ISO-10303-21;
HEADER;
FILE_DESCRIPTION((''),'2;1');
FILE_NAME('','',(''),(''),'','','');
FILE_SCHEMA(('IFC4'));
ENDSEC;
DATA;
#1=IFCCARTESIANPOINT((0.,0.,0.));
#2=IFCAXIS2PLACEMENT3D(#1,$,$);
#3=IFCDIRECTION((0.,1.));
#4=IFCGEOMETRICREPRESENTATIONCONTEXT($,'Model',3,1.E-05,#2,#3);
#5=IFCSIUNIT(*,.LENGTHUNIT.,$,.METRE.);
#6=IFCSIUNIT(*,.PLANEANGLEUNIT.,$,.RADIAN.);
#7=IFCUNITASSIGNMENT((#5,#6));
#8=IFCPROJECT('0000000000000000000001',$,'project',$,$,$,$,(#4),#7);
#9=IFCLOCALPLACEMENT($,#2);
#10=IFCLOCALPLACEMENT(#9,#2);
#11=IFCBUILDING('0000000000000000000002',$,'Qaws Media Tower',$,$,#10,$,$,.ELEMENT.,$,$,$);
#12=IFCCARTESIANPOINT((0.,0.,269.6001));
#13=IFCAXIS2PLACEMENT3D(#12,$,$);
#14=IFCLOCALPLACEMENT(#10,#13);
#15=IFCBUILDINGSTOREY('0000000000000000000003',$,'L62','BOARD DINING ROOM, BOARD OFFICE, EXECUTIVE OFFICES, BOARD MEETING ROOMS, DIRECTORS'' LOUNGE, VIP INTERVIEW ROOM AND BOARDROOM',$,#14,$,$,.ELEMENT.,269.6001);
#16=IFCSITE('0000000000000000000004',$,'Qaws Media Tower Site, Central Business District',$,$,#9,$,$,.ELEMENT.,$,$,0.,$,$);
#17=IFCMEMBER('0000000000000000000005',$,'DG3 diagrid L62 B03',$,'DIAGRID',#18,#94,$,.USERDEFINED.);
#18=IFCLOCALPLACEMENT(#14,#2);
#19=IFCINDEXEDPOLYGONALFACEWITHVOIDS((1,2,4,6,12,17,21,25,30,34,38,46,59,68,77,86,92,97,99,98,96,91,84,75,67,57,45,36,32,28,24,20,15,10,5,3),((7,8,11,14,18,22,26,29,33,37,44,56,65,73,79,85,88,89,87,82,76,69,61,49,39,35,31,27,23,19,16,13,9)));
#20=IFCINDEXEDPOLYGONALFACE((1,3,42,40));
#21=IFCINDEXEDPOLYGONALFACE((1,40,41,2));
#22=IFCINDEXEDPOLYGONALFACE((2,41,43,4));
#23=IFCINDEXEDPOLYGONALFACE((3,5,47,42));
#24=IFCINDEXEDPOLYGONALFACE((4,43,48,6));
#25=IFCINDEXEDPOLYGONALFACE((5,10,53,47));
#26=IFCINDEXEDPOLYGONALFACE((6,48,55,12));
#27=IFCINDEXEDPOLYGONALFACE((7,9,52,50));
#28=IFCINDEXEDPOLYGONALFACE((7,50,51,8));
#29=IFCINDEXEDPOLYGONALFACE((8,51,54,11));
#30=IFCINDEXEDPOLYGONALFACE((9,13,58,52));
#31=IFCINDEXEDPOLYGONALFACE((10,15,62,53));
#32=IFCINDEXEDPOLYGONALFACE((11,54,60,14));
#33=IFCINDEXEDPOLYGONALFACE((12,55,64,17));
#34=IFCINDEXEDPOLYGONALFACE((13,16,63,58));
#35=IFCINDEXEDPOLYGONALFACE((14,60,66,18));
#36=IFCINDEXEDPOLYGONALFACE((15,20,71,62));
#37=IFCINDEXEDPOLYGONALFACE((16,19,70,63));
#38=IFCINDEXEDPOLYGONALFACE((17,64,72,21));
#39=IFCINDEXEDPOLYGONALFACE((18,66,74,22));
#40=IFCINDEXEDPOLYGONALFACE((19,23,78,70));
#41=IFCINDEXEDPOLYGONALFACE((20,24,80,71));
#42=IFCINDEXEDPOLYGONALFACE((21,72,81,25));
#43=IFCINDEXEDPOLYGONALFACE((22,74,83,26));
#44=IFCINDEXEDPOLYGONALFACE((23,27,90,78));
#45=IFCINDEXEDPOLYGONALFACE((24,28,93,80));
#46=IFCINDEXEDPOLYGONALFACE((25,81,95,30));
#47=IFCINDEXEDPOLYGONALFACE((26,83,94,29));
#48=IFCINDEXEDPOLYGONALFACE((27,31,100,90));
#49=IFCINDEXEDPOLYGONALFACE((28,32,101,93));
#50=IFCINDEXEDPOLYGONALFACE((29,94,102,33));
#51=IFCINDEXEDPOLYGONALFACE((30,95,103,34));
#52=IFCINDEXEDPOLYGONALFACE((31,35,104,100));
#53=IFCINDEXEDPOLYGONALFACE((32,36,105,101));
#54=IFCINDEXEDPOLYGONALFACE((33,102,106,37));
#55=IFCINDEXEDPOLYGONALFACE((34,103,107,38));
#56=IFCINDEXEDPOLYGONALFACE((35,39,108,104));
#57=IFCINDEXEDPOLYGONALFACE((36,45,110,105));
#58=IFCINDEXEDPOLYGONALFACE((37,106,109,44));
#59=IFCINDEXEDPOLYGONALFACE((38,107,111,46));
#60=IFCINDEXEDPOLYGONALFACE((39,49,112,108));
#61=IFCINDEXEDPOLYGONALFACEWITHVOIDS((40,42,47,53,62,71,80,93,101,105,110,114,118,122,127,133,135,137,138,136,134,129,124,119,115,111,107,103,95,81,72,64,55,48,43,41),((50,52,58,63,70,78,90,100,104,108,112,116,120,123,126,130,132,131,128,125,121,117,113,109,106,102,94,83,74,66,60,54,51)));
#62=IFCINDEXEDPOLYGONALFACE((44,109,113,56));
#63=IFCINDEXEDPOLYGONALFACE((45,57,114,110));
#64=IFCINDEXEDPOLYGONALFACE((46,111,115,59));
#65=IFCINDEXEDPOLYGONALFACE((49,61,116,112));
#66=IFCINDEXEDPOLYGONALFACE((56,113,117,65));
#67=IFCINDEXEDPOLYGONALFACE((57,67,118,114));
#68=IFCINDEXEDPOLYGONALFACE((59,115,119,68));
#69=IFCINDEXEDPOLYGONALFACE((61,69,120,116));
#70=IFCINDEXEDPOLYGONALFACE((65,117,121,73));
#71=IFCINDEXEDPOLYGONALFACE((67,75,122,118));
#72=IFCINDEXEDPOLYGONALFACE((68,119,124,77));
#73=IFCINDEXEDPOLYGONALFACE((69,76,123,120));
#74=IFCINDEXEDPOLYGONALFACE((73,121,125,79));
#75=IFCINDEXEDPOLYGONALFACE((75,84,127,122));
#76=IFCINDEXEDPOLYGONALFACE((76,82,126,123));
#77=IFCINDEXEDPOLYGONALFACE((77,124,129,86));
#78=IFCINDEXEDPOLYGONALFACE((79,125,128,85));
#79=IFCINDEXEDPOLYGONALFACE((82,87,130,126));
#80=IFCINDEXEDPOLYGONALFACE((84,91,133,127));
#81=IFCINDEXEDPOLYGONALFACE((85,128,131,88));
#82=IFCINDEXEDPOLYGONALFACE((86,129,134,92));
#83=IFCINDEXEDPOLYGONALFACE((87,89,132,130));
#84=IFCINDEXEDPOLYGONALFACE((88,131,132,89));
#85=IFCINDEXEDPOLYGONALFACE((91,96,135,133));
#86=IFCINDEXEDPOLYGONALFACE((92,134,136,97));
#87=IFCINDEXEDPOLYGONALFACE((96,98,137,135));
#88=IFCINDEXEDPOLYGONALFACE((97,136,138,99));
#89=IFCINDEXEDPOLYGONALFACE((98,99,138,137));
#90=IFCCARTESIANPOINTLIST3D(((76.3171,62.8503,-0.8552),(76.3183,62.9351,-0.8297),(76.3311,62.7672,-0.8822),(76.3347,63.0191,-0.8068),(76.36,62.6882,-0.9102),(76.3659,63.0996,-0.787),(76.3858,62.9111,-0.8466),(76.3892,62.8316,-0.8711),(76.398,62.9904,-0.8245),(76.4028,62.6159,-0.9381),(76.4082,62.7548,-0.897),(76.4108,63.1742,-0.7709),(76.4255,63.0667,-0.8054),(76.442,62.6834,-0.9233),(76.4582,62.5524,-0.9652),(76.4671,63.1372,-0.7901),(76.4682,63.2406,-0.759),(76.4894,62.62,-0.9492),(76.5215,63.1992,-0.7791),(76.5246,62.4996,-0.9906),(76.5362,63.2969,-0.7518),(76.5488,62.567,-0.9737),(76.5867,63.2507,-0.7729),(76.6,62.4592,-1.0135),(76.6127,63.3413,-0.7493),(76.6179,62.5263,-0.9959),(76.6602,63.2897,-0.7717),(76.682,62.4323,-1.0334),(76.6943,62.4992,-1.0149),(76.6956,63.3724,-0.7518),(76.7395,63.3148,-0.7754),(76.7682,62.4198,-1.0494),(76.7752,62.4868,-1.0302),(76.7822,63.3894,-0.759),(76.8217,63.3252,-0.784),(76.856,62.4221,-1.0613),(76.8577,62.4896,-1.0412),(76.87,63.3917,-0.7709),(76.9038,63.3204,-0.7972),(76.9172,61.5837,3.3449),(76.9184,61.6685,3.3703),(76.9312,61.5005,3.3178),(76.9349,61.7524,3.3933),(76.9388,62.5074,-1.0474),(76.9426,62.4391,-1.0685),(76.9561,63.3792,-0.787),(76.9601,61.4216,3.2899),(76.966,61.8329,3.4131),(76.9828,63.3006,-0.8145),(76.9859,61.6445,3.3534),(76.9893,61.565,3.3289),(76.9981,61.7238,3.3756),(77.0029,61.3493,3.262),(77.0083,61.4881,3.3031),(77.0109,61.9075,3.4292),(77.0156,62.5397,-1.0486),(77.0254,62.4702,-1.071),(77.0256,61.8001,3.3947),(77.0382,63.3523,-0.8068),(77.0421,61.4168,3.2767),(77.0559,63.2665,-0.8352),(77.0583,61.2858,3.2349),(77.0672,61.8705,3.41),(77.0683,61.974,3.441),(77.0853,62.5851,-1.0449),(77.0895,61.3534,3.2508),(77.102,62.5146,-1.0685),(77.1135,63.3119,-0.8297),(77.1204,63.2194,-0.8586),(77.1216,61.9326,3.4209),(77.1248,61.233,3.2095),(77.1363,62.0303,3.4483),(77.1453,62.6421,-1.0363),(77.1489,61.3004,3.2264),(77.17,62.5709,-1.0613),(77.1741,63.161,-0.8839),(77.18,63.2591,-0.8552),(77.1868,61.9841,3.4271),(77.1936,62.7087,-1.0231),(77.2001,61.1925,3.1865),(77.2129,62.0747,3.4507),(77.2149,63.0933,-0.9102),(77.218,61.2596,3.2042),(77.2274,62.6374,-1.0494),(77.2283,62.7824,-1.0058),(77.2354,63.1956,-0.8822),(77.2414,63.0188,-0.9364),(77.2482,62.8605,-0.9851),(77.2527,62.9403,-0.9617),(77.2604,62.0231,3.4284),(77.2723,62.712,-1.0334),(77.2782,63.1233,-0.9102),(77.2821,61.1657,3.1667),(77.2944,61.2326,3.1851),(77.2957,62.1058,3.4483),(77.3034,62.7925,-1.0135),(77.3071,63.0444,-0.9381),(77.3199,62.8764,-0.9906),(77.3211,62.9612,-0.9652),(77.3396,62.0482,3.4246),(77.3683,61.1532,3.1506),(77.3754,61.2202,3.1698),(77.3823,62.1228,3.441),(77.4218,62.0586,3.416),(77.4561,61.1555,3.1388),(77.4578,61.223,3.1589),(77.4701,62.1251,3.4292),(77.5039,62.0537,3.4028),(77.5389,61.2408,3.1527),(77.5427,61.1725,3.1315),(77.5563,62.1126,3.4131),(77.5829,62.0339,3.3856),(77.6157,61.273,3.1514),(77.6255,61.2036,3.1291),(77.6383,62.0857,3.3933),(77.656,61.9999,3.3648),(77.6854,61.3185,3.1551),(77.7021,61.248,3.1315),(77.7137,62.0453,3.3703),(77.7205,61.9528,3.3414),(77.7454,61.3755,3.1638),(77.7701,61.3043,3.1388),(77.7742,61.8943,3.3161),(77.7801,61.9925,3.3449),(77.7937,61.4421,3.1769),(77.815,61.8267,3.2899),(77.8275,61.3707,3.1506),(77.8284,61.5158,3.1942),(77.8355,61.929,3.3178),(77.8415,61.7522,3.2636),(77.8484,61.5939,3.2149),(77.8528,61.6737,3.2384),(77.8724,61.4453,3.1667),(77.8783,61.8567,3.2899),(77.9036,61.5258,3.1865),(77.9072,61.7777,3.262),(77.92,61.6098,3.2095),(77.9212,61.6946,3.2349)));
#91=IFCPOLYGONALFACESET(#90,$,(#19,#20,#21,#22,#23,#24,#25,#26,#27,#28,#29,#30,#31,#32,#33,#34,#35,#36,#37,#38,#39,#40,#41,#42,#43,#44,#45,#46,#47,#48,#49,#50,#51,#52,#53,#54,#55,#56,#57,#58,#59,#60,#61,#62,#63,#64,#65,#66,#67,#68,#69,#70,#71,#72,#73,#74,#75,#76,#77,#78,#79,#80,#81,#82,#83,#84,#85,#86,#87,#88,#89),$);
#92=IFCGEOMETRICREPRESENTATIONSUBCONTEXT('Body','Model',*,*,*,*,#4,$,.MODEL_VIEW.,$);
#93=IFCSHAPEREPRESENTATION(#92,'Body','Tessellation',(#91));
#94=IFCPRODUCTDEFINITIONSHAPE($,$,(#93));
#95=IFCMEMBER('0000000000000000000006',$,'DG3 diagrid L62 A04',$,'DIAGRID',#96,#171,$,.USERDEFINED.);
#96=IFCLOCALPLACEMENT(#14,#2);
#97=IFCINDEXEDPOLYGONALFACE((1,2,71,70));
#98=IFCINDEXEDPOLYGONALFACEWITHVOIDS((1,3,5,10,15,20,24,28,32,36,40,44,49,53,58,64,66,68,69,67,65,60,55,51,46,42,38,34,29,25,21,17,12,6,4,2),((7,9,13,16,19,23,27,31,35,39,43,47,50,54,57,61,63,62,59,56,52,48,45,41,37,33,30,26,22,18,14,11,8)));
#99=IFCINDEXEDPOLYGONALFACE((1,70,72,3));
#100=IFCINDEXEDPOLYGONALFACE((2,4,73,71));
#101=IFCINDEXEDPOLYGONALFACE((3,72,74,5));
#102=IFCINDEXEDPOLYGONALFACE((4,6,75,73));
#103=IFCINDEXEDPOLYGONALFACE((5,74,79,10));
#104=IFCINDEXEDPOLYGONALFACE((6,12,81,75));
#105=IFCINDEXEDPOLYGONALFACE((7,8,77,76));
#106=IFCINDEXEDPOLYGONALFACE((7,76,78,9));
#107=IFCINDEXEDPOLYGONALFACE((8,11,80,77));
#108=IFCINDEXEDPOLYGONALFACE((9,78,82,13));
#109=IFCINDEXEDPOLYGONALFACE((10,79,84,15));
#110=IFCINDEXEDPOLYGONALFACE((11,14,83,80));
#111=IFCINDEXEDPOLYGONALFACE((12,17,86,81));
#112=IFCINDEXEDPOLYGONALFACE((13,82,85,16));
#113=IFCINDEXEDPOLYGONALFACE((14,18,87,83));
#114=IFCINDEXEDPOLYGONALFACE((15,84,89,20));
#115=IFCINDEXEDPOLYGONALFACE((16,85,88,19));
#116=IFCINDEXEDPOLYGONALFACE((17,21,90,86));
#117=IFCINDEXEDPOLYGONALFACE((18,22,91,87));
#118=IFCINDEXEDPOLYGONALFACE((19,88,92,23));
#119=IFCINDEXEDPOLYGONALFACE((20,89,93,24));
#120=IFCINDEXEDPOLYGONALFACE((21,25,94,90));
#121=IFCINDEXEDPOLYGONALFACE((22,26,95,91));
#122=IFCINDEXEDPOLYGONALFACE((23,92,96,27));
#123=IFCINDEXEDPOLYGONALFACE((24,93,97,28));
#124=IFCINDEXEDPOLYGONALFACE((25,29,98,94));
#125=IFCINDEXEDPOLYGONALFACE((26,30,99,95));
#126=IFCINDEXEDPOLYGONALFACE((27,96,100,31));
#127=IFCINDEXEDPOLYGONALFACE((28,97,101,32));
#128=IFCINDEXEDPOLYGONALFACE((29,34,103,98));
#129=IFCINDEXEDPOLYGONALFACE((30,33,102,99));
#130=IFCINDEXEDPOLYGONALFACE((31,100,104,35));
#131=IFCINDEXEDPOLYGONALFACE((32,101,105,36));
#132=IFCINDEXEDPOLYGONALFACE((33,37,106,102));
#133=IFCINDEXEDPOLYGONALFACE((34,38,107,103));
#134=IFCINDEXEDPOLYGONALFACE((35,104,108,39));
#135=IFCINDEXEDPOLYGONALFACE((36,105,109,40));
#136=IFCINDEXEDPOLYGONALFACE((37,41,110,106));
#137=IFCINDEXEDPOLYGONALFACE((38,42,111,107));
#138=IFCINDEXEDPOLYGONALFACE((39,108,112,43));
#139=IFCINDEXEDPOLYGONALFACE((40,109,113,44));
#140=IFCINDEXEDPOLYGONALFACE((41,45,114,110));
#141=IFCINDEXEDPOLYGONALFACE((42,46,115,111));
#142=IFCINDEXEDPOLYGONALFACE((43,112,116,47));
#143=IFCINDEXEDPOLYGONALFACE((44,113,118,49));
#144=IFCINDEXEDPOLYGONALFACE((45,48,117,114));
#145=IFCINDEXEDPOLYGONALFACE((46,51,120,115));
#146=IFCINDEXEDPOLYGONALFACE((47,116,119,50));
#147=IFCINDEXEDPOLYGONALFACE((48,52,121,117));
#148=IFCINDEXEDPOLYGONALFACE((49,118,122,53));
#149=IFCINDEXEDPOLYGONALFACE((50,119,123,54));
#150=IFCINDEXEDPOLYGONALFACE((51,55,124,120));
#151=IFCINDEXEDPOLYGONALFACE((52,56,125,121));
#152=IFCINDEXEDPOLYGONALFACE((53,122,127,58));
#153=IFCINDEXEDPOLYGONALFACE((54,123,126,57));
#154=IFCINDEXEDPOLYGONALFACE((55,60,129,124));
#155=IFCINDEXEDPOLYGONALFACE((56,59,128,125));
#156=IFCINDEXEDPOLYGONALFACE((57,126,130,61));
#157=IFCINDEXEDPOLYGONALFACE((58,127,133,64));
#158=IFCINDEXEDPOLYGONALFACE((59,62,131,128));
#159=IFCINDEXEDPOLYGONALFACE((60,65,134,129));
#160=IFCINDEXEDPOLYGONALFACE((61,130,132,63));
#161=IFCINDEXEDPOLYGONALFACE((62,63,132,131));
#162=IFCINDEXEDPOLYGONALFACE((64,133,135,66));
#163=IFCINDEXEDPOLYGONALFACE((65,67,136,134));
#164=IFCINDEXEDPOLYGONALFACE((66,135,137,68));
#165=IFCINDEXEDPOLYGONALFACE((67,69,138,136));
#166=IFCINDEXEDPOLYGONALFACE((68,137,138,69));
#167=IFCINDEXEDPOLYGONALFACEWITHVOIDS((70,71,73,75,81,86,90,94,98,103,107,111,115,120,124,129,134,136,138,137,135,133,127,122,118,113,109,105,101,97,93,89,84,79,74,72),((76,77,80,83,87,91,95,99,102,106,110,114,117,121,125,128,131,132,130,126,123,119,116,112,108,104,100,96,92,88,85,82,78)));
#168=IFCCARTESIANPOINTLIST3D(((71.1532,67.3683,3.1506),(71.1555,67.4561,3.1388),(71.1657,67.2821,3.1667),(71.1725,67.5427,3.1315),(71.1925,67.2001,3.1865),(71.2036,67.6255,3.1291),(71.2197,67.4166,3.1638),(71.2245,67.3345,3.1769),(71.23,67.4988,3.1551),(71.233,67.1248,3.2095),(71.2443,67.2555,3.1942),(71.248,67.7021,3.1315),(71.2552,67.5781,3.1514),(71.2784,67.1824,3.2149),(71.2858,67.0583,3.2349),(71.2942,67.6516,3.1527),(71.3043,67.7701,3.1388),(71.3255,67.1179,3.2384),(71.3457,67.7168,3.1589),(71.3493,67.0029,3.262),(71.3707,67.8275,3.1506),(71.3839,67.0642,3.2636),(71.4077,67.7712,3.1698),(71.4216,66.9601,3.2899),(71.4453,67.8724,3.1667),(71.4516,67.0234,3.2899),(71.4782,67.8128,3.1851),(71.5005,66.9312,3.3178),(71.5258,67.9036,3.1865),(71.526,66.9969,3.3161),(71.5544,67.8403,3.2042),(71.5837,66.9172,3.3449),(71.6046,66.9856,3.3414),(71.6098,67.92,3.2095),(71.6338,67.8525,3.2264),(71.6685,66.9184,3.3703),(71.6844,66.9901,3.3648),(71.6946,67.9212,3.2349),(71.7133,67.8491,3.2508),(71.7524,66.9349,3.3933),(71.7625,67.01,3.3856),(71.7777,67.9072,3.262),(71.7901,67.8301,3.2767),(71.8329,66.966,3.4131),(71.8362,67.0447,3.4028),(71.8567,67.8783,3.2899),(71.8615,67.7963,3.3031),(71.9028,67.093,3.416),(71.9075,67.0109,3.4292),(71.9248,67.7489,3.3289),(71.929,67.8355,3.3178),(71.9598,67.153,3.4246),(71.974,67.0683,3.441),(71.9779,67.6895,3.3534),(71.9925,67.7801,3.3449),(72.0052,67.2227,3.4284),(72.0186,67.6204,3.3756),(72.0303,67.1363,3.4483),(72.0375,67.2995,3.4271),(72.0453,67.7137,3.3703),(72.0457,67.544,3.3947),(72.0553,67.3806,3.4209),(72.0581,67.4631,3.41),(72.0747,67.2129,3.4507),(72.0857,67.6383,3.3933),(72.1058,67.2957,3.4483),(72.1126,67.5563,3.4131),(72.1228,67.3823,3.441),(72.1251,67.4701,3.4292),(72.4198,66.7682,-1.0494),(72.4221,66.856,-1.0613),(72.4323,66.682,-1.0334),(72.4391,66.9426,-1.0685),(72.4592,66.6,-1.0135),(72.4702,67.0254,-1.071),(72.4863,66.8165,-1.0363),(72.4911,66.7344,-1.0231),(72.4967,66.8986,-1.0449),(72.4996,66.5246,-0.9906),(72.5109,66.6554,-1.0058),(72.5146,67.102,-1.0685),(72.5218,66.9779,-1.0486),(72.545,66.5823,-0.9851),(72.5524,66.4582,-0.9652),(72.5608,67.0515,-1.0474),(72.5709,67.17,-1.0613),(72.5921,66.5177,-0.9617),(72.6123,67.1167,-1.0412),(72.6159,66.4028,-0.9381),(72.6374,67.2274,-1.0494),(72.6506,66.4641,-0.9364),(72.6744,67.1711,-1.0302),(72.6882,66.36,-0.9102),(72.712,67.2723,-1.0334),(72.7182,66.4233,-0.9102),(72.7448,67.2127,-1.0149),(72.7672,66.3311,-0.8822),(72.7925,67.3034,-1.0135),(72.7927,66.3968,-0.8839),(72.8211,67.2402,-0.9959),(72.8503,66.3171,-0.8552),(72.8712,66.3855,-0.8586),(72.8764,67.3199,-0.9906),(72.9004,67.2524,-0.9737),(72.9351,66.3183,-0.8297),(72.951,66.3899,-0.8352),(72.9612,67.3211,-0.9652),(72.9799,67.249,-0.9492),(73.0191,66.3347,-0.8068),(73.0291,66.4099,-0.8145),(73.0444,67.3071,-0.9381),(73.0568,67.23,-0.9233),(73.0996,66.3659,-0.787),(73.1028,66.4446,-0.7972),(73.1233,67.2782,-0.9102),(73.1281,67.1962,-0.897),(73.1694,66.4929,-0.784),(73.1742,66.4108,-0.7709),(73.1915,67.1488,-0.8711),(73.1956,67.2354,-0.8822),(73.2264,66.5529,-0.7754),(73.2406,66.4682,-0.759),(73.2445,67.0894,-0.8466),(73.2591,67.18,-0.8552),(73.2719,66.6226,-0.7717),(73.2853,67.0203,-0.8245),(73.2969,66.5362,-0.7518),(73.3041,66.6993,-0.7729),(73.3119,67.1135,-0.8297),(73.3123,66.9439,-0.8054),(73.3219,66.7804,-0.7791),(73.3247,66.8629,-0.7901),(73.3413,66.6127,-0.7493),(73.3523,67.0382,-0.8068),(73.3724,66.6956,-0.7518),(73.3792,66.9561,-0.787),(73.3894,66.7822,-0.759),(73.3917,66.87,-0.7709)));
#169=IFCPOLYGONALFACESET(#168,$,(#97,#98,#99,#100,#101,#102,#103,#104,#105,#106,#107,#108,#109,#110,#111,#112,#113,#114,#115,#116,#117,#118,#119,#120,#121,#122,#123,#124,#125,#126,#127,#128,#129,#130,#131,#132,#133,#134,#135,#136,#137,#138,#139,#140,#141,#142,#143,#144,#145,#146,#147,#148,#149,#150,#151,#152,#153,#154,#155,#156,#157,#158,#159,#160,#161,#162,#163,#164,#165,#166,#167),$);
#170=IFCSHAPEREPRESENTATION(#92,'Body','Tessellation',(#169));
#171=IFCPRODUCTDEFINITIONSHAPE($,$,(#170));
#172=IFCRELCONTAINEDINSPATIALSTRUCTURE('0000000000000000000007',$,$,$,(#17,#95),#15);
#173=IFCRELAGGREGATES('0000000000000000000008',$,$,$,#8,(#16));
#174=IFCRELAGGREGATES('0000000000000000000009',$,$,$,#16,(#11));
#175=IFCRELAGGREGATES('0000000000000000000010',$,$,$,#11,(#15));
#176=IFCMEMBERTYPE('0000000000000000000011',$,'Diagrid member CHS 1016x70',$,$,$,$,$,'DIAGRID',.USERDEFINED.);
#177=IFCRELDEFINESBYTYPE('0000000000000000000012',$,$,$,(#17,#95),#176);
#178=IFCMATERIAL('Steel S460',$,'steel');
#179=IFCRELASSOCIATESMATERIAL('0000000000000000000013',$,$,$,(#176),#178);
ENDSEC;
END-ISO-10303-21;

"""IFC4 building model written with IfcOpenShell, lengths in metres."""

from ifc_helpers import new_model, si_unit, direction, frame, origin, origin_2d, place, context, subcontext, project, spatial, hollow_circle, extrude, material, material_profile, profile_set, type_object, element, save


model = new_model("IFC4")

# Units and contexts
model_context = context("Model", 3, precision=1e-05, world=origin(), true_north=direction((0.0, 1.0)))
body_context = subcontext(model_context, "Body", "Model", "MODEL_VIEW")
ifc_project = project(units=[si_unit("LENGTHUNIT", "METRE"), si_unit("PLANEANGLEUNIT", "RADIAN")], contexts=[model_context])

# Site, building, storey
site_placement = place(None, origin())
site = spatial("IfcSite", under=ifc_project, at=site_placement, Name="Qaws Media Tower Site, Central Business District", CompositionType="ELEMENT", RefElevation=0.0)
building_placement = place(site_placement, origin())
building = spatial("IfcBuilding", under=site, at=building_placement, Name="Qaws Media Tower", CompositionType="ELEMENT")
storey_placement = place(building_placement, frame((0.0, 0.0, 269.6001)))
storey = spatial("IfcBuildingStorey", under=building, at=storey_placement, Name="L62", Description="BOARD DINING ROOM, BOARD OFFICE, EXECUTIVE OFFICES, BOARD MEETING ROOMS, DIRECTORS' LOUNGE, VIP INTERVIEW ROOM AND BOARDROOM", CompositionType="ELEMENT", Elevation=269.6001)

# Members
ifc_material_1 = material(Name="Steel S460", Category="steel")
ifc_material_profile_1 = material_profile(ifc_material_1, hollow_circle(Radius=0.5081, WallThickness=0.0701, at=origin_2d()), Name="CHS 1016x70")
ifc_profile_set_1 = profile_set([ifc_material_profile_1], Name="Steel S460")
member_type_1 = type_object("IfcMemberType", Name="Diagrid member CHS 1016x70", ElementType="DIAGRID", PredefinedType="USERDEFINED", material=ifc_profile_set_1)
for number, where, z_axis, x_axis, name in (
    (1, (76.8191, 62.9058, -0.9102), (0.135534, -0.286067, 0.948576), (0.903702, 0.428161, 0.0), "DG3 diagrid L62 B03"),
    (2, (72.9058, 66.8191, -0.9102), (-0.286067, 0.135534, 0.948576), (-0.428161, -0.903702, 0.0), "DG3 diagrid L62 A04"),
):
    element("IfcMember", number, at=place(storey_placement, frame(where, z_axis=z_axis, x_axis=x_axis)), inside=storey, type_object=member_type_1, Name=name, ObjectType="DIAGRID", PredefinedType="USERDEFINED", context=body_context, shape_type="SweptSolid", body=[
        extrude(hollow_circle(Radius=0.5081, WallThickness=0.0701, at=origin_2d()), origin(), (0.0, 0.0, 1.0), 4.4277),
    ])

save(model, "model.ifc")
